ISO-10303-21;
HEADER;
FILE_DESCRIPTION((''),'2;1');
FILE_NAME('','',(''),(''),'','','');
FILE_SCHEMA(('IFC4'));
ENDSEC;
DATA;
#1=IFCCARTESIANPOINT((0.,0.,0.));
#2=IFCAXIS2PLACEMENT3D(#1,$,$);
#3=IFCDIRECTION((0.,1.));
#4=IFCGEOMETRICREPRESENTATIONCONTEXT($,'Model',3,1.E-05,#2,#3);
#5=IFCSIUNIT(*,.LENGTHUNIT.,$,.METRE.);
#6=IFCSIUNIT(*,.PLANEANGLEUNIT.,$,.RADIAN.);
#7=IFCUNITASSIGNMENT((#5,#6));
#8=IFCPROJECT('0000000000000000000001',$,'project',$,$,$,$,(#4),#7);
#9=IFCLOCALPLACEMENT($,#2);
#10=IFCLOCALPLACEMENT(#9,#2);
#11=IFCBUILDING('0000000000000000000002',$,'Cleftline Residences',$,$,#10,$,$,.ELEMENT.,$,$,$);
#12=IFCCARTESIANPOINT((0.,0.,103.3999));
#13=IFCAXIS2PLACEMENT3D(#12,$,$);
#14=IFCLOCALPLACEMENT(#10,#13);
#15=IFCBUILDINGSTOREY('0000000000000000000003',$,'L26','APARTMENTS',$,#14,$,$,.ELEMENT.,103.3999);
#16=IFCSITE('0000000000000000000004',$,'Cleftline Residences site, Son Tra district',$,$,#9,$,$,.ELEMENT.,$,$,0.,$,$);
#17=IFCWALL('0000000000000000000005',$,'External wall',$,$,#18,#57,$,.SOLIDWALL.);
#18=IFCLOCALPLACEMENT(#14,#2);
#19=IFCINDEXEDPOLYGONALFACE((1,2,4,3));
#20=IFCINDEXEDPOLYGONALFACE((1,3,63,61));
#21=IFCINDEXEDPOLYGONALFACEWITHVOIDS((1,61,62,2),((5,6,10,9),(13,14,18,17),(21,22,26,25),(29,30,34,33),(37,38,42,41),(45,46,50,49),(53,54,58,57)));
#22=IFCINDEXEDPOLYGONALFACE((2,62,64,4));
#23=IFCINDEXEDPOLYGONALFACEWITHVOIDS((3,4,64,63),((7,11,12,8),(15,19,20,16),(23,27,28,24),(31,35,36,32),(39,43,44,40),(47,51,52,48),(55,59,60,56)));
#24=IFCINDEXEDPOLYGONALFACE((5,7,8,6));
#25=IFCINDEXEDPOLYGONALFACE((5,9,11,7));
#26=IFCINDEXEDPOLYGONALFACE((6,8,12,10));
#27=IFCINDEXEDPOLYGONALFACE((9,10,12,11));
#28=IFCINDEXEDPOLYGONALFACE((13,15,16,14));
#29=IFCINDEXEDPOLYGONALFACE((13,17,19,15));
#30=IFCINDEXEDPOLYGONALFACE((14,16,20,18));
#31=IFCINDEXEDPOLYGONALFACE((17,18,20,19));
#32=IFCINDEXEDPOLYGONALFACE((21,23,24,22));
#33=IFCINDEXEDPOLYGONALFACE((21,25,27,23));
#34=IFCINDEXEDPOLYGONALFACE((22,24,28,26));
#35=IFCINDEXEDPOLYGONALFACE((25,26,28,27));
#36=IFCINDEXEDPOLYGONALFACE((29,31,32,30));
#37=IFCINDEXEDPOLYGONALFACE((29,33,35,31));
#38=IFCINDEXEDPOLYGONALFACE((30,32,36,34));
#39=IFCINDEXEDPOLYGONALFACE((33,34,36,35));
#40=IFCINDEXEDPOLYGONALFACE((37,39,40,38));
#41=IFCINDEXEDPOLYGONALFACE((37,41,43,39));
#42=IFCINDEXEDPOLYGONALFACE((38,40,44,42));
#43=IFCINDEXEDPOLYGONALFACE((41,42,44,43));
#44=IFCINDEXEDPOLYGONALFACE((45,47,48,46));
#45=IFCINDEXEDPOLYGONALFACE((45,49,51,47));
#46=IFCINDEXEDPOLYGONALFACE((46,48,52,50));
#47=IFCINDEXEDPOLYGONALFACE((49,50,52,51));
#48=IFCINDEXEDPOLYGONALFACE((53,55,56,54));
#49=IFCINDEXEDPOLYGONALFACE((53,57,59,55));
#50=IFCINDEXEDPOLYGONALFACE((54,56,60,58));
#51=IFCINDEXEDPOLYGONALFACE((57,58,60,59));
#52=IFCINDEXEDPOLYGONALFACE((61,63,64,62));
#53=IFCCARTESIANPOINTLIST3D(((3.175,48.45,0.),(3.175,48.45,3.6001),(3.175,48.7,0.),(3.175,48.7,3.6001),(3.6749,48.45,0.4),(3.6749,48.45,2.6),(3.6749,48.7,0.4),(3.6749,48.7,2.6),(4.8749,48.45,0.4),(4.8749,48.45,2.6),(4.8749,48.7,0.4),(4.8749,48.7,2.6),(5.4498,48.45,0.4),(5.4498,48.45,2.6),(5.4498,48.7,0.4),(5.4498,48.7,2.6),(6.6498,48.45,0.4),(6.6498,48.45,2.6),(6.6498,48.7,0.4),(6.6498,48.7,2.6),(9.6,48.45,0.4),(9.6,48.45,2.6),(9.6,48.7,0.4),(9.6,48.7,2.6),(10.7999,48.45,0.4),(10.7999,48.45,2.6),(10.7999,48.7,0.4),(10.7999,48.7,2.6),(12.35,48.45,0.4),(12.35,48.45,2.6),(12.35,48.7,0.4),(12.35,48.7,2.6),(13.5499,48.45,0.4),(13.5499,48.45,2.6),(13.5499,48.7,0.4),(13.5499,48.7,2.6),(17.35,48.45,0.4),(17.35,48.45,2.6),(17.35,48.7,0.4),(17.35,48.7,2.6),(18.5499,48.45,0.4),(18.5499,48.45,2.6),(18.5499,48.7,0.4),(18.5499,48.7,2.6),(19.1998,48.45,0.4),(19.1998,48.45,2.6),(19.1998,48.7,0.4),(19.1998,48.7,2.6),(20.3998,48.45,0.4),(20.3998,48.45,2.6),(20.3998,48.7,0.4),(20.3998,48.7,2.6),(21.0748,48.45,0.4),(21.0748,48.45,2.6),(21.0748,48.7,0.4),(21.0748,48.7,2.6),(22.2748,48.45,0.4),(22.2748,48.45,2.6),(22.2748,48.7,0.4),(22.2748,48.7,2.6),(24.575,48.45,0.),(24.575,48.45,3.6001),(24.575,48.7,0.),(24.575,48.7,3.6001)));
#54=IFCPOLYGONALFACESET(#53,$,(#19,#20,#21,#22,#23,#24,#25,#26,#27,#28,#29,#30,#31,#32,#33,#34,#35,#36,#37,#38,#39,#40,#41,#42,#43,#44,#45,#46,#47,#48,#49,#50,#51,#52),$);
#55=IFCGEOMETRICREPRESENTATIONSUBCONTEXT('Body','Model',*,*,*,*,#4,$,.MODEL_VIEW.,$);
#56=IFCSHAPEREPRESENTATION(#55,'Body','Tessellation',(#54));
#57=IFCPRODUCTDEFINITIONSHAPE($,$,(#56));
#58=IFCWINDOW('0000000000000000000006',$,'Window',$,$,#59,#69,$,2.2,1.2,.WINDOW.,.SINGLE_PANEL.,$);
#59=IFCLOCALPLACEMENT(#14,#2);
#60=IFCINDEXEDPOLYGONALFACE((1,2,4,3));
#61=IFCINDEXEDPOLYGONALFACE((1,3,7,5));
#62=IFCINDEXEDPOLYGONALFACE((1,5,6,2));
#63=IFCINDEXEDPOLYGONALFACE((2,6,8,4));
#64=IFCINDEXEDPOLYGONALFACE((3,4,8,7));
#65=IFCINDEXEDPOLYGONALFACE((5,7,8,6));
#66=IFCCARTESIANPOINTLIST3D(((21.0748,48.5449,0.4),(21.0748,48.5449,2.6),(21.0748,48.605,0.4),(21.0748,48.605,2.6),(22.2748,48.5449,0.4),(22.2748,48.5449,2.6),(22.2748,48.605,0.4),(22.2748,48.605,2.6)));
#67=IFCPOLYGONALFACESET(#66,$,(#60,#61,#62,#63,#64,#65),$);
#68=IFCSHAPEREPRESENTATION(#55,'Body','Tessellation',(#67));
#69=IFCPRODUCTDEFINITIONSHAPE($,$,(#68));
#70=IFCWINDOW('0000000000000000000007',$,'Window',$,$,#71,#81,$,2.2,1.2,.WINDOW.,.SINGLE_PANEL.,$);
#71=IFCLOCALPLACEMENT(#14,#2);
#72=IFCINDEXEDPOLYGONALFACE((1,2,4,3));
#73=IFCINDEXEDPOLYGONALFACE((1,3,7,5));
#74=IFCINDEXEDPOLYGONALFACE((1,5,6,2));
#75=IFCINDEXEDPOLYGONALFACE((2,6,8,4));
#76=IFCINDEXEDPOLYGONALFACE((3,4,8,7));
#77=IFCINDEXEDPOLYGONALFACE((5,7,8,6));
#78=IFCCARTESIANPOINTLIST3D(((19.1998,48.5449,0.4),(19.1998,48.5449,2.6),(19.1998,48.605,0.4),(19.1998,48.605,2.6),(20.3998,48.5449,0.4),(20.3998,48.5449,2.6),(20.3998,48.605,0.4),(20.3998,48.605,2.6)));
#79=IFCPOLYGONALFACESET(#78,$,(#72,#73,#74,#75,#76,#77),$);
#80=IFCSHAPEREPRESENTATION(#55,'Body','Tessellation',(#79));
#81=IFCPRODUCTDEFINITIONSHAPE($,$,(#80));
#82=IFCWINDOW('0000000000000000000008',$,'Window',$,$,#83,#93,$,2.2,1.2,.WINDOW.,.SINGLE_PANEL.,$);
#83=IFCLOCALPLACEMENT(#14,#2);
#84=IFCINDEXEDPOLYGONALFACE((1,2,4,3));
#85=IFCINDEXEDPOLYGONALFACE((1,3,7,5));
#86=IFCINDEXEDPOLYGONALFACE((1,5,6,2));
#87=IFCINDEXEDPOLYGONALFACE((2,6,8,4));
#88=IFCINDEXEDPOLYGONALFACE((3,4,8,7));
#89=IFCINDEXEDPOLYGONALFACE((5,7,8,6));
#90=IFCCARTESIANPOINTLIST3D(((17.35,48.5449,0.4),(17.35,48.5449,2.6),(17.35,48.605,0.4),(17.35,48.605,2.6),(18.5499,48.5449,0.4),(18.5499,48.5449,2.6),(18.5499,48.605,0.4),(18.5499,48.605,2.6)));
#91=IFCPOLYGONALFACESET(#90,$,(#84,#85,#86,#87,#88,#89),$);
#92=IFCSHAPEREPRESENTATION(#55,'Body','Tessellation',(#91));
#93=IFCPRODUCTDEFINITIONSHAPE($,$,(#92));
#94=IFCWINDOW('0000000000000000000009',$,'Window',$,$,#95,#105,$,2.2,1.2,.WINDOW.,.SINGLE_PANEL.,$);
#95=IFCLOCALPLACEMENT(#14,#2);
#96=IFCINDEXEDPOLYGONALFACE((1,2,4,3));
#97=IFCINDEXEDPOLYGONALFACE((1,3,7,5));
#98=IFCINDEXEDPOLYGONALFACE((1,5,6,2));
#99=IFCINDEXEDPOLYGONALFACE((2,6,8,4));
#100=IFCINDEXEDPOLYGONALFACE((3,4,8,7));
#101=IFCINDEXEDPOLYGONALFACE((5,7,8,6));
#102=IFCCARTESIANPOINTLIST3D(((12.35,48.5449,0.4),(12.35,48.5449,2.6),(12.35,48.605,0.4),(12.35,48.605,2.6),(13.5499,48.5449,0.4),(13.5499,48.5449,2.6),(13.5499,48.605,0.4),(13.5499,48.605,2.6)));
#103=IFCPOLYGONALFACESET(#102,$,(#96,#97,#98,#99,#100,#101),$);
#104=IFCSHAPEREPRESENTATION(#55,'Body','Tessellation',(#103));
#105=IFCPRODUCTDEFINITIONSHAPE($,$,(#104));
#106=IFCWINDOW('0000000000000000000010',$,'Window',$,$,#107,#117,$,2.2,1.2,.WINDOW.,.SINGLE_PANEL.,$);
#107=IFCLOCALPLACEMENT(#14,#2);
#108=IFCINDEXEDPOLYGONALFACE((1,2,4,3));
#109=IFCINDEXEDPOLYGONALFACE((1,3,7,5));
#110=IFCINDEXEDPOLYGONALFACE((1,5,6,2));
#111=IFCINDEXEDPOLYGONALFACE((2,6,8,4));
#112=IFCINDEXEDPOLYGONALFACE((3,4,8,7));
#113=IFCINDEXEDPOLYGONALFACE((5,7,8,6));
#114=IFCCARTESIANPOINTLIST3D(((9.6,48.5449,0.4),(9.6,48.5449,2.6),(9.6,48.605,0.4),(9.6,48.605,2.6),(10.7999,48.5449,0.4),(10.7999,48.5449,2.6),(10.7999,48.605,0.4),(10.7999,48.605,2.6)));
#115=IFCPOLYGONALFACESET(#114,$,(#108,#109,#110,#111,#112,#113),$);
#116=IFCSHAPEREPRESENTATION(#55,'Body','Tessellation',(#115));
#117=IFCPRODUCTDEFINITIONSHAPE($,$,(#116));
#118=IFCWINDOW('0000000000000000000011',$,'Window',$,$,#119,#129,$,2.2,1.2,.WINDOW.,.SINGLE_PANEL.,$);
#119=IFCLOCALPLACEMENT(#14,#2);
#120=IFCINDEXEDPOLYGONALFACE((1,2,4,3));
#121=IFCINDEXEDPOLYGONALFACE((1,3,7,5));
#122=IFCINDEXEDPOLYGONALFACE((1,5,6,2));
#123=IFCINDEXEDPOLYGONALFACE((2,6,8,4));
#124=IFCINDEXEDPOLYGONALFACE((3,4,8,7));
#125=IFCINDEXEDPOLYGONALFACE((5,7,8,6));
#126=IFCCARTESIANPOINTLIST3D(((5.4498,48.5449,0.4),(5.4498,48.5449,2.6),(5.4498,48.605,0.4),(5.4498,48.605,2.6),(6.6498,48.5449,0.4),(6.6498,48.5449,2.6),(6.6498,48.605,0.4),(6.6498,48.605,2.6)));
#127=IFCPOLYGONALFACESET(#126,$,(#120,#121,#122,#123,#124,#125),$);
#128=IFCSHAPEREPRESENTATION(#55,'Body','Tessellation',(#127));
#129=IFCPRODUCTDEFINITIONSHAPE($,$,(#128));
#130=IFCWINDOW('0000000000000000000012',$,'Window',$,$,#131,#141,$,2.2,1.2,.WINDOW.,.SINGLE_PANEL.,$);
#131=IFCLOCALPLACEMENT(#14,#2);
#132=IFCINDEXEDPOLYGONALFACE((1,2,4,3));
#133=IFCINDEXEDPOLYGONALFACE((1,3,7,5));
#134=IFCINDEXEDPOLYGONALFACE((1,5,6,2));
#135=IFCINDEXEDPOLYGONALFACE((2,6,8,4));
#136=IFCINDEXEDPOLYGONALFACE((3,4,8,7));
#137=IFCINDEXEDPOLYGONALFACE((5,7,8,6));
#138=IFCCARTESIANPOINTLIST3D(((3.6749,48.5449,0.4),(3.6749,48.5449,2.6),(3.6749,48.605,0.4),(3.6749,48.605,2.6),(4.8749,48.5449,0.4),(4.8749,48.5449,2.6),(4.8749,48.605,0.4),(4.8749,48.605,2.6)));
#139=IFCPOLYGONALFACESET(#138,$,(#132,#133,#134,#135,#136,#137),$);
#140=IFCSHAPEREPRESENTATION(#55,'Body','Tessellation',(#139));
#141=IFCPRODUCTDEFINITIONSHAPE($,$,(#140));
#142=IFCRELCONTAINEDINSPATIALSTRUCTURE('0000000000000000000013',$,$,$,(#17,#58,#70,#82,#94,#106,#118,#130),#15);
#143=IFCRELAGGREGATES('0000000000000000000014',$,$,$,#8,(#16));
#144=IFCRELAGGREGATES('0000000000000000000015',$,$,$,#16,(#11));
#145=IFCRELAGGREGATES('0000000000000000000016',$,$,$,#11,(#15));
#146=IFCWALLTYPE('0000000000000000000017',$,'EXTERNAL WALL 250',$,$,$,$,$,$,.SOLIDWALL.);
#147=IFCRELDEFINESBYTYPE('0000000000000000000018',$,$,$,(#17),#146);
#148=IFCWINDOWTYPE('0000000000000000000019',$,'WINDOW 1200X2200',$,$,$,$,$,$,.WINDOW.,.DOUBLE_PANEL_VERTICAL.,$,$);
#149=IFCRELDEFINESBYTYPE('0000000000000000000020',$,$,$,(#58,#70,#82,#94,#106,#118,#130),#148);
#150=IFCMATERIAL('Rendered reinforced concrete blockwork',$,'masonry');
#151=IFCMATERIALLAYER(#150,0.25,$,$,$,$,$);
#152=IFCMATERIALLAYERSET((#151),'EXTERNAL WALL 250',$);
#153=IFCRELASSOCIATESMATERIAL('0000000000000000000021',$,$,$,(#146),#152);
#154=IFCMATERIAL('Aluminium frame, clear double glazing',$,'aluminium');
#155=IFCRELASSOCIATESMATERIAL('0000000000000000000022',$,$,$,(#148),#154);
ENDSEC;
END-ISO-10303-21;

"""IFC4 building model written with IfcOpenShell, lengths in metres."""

from ifc_helpers import new_model, si_unit, direction, frame, frame_2d, origin, place, context, subcontext, project, spatial, rectangle, extrude, material, layer, layer_set, type_object, element, fill, save


model = new_model("IFC4")

# Units and contexts
model_context = context("Model", 3, precision=1e-05, world=origin(), true_north=direction((0.0, 1.0)))
body_context = subcontext(model_context, "Body", "Model", "MODEL_VIEW")
ifc_project = project(units=[si_unit("LENGTHUNIT", "METRE"), si_unit("PLANEANGLEUNIT", "RADIAN")], contexts=[model_context])

# Site, building, storey
site_placement = place(None, origin())
site = spatial("IfcSite", under=ifc_project, at=site_placement, Name="Cleftline Residences site, Son Tra district", CompositionType="ELEMENT", RefElevation=0.0)
building_placement = place(site_placement, origin())
building = spatial("IfcBuilding", under=site, at=building_placement, Name="Cleftline Residences", CompositionType="ELEMENT")
storey_placement = place(building_placement, frame((0.0, 0.0, 103.3999)))
storey = spatial("IfcBuildingStorey", under=building, at=storey_placement, Name="L26", Description="APARTMENTS", CompositionType="ELEMENT", Elevation=103.3999)

# Wall, openings, windows
ifc_material_1 = material(Name="Rendered reinforced concrete blockwork", Category="masonry")
ifc_layer_1 = layer(ifc_material_1, 0.25)
ifc_layer_set_1 = layer_set([ifc_layer_1], Name="EXTERNAL WALL 250")
wall_type = type_object("IfcWallType", Name="EXTERNAL WALL 250", PredefinedType="SOLIDWALL", material=ifc_layer_set_1)
wall_placement = place(storey_placement, frame((24.575, 48.575, 0.0), z_axis=(0.0, 0.0, 1.0), x_axis=(-1.0, 0.0, 0.0)))
wall = element("IfcWall", 1, at=wall_placement, inside=storey, type_object=wall_type, Name="External wall", PredefinedType="SOLIDWALL", context=body_context, shape_type="SweptSolid", body=[
    extrude(rectangle(XDim=21.3999, YDim=0.25, at=frame_2d((10.7, 0.0))), origin(), (0.0, 0.0, 1.0), 3.6001),
])
opening_1_placement = place(wall_placement, frame((2.3, 0.0, 0.3999)))
opening_1 = element("IfcOpeningElement", 2, at=opening_1_placement, cuts=wall, PredefinedType="OPENING", context=body_context, shape_type="SweptSolid", body=[
    extrude(rectangle(XDim=1.2, YDim=2.2, at=frame_2d((0.6001, 1.1001))), frame((0.0, 0.135, 0.0), z_axis=(0.0, -1.0, 0.0), x_axis=(1.0, 0.0, 0.0)), (0.0, 0.0, 1.0), 0.27),
])
opening_2_placement = place(wall_placement, frame((4.175, 0.0, 0.3999)))
opening_2 = element("IfcOpeningElement", 3, at=opening_2_placement, cuts=wall, PredefinedType="OPENING", context=body_context, shape_type="SweptSolid", body=[
    extrude(rectangle(XDim=1.2, YDim=2.2, at=frame_2d((0.6001, 1.1001))), frame((0.0, 0.135, 0.0), z_axis=(0.0, -1.0, 0.0), x_axis=(1.0, 0.0, 0.0)), (0.0, 0.0, 1.0), 0.27),
])
opening_3_placement = place(wall_placement, frame((6.0249, 0.0, 0.3999)))
opening_3 = element("IfcOpeningElement", 4, at=opening_3_placement, cuts=wall, PredefinedType="OPENING", context=body_context, shape_type="SweptSolid", body=[
    extrude(rectangle(XDim=1.2, YDim=2.2, at=frame_2d((0.6001, 1.1001))), frame((0.0, 0.135, 0.0), z_axis=(0.0, -1.0, 0.0), x_axis=(1.0, 0.0, 0.0)), (0.0, 0.0, 1.0), 0.27),
])
opening_4_placement = place(wall_placement, frame((11.0249, 0.0, 0.3999)))
opening_4 = element("IfcOpeningElement", 5, at=opening_4_placement, cuts=wall, PredefinedType="OPENING", context=body_context, shape_type="SweptSolid", body=[
    extrude(rectangle(XDim=1.2, YDim=2.2, at=frame_2d((0.6001, 1.1001))), frame((0.0, 0.135, 0.0), z_axis=(0.0, -1.0, 0.0), x_axis=(1.0, 0.0, 0.0)), (0.0, 0.0, 1.0), 0.27),
])
opening_5_placement = place(wall_placement, frame((13.7749, 0.0, 0.3999)))
opening_5 = element("IfcOpeningElement", 6, at=opening_5_placement, cuts=wall, PredefinedType="OPENING", context=body_context, shape_type="SweptSolid", body=[
    extrude(rectangle(XDim=1.2, YDim=2.2, at=frame_2d((0.6001, 1.1001))), frame((0.0, 0.135, 0.0), z_axis=(0.0, -1.0, 0.0), x_axis=(1.0, 0.0, 0.0)), (0.0, 0.0, 1.0), 0.27),
])
opening_6_placement = place(wall_placement, frame((17.925, 0.0, 0.3999)))
opening_6 = element("IfcOpeningElement", 7, at=opening_6_placement, cuts=wall, PredefinedType="OPENING", context=body_context, shape_type="SweptSolid", body=[
    extrude(rectangle(XDim=1.2, YDim=2.2, at=frame_2d((0.6001, 1.1001))), frame((0.0, 0.135, 0.0), z_axis=(0.0, -1.0, 0.0), x_axis=(1.0, 0.0, 0.0)), (0.0, 0.0, 1.0), 0.27),
])
opening_7_placement = place(wall_placement, frame((19.7, 0.0, 0.3999)))
opening_7 = element("IfcOpeningElement", 8, at=opening_7_placement, cuts=wall, PredefinedType="OPENING", context=body_context, shape_type="SweptSolid", body=[
    extrude(rectangle(XDim=1.2, YDim=2.2, at=frame_2d((0.6001, 1.1001))), frame((0.0, 0.135, 0.0), z_axis=(0.0, -1.0, 0.0), x_axis=(1.0, 0.0, 0.0)), (0.0, 0.0, 1.0), 0.27),
])
ifc_material_2 = material(Name="Aluminium frame, clear double glazing", Category="aluminium")
window_type = type_object("IfcWindowType", Name="WINDOW 1200X2200", PartitioningType="DOUBLE_PANEL_VERTICAL", PredefinedType="WINDOW", material=ifc_material_2)
window_1_placement = place(opening_1_placement, origin())
window_1 = element("IfcWindow", 9, at=window_1_placement, inside=storey, type_object=window_type, Name="Window", OverallHeight=2.2, OverallWidth=1.2, PartitioningType="SINGLE_PANEL", PredefinedType="WINDOW", context=body_context, shape_type="SweptSolid", body=[
    extrude(rectangle(XDim=1.2, YDim=2.2, at=frame_2d((0.6001, 1.1001))), frame((0.0, 0.03, 0.0), z_axis=(0.0, -1.0, 0.0), x_axis=(1.0, 0.0, 0.0)), (0.0, 0.0, 1.0), 0.0601),
])
fill(opening_1, window_1)
window_2_placement = place(opening_2_placement, origin())
window_2 = element("IfcWindow", 10, at=window_2_placement, inside=storey, type_object=window_type, Name="Window", OverallHeight=2.2, OverallWidth=1.2, PartitioningType="SINGLE_PANEL", PredefinedType="WINDOW", context=body_context, shape_type="SweptSolid", body=[
    extrude(rectangle(XDim=1.2, YDim=2.2, at=frame_2d((0.6001, 1.1001))), frame((0.0, 0.03, 0.0), z_axis=(0.0, -1.0, 0.0), x_axis=(1.0, 0.0, 0.0)), (0.0, 0.0, 1.0), 0.0601),
])
fill(opening_2, window_2)
window_3_placement = place(opening_3_placement, origin())
window_3 = element("IfcWindow", 11, at=window_3_placement, inside=storey, type_object=window_type, Name="Window", OverallHeight=2.2, OverallWidth=1.2, PartitioningType="SINGLE_PANEL", PredefinedType="WINDOW", context=body_context, shape_type="SweptSolid", body=[
    extrude(rectangle(XDim=1.2, YDim=2.2, at=frame_2d((0.6001, 1.1001))), frame((0.0, 0.03, 0.0), z_axis=(0.0, -1.0, 0.0), x_axis=(1.0, 0.0, 0.0)), (0.0, 0.0, 1.0), 0.0601),
])
fill(opening_3, window_3)
window_4_placement = place(opening_4_placement, origin())
window_4 = element("IfcWindow", 12, at=window_4_placement, inside=storey, type_object=window_type, Name="Window", OverallHeight=2.2, OverallWidth=1.2, PartitioningType="SINGLE_PANEL", PredefinedType="WINDOW", context=body_context, shape_type="SweptSolid", body=[
    extrude(rectangle(XDim=1.2, YDim=2.2, at=frame_2d((0.6001, 1.1001))), frame((0.0, 0.03, 0.0), z_axis=(0.0, -1.0, 0.0), x_axis=(1.0, 0.0, 0.0)), (0.0, 0.0, 1.0), 0.0601),
])
fill(opening_4, window_4)
window_5_placement = place(opening_5_placement, origin())
window_5 = element("IfcWindow", 13, at=window_5_placement, inside=storey, type_object=window_type, Name="Window", OverallHeight=2.2, OverallWidth=1.2, PartitioningType="SINGLE_PANEL", PredefinedType="WINDOW", context=body_context, shape_type="SweptSolid", body=[
    extrude(rectangle(XDim=1.2, YDim=2.2, at=frame_2d((0.6001, 1.1001))), frame((0.0, 0.03, 0.0), z_axis=(0.0, -1.0, 0.0), x_axis=(1.0, 0.0, 0.0)), (0.0, 0.0, 1.0), 0.0601),
])
fill(opening_5, window_5)
window_6_placement = place(opening_6_placement, origin())
window_6 = element("IfcWindow", 14, at=window_6_placement, inside=storey, type_object=window_type, Name="Window", OverallHeight=2.2, OverallWidth=1.2, PartitioningType="SINGLE_PANEL", PredefinedType="WINDOW", context=body_context, shape_type="SweptSolid", body=[
    extrude(rectangle(XDim=1.2, YDim=2.2, at=frame_2d((0.6001, 1.1001))), frame((0.0, 0.03, 0.0), z_axis=(0.0, -1.0, 0.0), x_axis=(1.0, 0.0, 0.0)), (0.0, 0.0, 1.0), 0.0601),
])
fill(opening_6, window_6)
window_7_placement = place(opening_7_placement, origin())
window_7 = element("IfcWindow", 15, at=window_7_placement, inside=storey, type_object=window_type, Name="Window", OverallHeight=2.2, OverallWidth=1.2, PartitioningType="SINGLE_PANEL", PredefinedType="WINDOW", context=body_context, shape_type="SweptSolid", body=[
    extrude(rectangle(XDim=1.2, YDim=2.2, at=frame_2d((0.6001, 1.1001))), frame((0.0, 0.03, 0.0), z_axis=(0.0, -1.0, 0.0), x_axis=(1.0, 0.0, 0.0)), (0.0, 0.0, 1.0), 0.0601),
])
fill(opening_7, window_7)

save(model, "model.ifc")
